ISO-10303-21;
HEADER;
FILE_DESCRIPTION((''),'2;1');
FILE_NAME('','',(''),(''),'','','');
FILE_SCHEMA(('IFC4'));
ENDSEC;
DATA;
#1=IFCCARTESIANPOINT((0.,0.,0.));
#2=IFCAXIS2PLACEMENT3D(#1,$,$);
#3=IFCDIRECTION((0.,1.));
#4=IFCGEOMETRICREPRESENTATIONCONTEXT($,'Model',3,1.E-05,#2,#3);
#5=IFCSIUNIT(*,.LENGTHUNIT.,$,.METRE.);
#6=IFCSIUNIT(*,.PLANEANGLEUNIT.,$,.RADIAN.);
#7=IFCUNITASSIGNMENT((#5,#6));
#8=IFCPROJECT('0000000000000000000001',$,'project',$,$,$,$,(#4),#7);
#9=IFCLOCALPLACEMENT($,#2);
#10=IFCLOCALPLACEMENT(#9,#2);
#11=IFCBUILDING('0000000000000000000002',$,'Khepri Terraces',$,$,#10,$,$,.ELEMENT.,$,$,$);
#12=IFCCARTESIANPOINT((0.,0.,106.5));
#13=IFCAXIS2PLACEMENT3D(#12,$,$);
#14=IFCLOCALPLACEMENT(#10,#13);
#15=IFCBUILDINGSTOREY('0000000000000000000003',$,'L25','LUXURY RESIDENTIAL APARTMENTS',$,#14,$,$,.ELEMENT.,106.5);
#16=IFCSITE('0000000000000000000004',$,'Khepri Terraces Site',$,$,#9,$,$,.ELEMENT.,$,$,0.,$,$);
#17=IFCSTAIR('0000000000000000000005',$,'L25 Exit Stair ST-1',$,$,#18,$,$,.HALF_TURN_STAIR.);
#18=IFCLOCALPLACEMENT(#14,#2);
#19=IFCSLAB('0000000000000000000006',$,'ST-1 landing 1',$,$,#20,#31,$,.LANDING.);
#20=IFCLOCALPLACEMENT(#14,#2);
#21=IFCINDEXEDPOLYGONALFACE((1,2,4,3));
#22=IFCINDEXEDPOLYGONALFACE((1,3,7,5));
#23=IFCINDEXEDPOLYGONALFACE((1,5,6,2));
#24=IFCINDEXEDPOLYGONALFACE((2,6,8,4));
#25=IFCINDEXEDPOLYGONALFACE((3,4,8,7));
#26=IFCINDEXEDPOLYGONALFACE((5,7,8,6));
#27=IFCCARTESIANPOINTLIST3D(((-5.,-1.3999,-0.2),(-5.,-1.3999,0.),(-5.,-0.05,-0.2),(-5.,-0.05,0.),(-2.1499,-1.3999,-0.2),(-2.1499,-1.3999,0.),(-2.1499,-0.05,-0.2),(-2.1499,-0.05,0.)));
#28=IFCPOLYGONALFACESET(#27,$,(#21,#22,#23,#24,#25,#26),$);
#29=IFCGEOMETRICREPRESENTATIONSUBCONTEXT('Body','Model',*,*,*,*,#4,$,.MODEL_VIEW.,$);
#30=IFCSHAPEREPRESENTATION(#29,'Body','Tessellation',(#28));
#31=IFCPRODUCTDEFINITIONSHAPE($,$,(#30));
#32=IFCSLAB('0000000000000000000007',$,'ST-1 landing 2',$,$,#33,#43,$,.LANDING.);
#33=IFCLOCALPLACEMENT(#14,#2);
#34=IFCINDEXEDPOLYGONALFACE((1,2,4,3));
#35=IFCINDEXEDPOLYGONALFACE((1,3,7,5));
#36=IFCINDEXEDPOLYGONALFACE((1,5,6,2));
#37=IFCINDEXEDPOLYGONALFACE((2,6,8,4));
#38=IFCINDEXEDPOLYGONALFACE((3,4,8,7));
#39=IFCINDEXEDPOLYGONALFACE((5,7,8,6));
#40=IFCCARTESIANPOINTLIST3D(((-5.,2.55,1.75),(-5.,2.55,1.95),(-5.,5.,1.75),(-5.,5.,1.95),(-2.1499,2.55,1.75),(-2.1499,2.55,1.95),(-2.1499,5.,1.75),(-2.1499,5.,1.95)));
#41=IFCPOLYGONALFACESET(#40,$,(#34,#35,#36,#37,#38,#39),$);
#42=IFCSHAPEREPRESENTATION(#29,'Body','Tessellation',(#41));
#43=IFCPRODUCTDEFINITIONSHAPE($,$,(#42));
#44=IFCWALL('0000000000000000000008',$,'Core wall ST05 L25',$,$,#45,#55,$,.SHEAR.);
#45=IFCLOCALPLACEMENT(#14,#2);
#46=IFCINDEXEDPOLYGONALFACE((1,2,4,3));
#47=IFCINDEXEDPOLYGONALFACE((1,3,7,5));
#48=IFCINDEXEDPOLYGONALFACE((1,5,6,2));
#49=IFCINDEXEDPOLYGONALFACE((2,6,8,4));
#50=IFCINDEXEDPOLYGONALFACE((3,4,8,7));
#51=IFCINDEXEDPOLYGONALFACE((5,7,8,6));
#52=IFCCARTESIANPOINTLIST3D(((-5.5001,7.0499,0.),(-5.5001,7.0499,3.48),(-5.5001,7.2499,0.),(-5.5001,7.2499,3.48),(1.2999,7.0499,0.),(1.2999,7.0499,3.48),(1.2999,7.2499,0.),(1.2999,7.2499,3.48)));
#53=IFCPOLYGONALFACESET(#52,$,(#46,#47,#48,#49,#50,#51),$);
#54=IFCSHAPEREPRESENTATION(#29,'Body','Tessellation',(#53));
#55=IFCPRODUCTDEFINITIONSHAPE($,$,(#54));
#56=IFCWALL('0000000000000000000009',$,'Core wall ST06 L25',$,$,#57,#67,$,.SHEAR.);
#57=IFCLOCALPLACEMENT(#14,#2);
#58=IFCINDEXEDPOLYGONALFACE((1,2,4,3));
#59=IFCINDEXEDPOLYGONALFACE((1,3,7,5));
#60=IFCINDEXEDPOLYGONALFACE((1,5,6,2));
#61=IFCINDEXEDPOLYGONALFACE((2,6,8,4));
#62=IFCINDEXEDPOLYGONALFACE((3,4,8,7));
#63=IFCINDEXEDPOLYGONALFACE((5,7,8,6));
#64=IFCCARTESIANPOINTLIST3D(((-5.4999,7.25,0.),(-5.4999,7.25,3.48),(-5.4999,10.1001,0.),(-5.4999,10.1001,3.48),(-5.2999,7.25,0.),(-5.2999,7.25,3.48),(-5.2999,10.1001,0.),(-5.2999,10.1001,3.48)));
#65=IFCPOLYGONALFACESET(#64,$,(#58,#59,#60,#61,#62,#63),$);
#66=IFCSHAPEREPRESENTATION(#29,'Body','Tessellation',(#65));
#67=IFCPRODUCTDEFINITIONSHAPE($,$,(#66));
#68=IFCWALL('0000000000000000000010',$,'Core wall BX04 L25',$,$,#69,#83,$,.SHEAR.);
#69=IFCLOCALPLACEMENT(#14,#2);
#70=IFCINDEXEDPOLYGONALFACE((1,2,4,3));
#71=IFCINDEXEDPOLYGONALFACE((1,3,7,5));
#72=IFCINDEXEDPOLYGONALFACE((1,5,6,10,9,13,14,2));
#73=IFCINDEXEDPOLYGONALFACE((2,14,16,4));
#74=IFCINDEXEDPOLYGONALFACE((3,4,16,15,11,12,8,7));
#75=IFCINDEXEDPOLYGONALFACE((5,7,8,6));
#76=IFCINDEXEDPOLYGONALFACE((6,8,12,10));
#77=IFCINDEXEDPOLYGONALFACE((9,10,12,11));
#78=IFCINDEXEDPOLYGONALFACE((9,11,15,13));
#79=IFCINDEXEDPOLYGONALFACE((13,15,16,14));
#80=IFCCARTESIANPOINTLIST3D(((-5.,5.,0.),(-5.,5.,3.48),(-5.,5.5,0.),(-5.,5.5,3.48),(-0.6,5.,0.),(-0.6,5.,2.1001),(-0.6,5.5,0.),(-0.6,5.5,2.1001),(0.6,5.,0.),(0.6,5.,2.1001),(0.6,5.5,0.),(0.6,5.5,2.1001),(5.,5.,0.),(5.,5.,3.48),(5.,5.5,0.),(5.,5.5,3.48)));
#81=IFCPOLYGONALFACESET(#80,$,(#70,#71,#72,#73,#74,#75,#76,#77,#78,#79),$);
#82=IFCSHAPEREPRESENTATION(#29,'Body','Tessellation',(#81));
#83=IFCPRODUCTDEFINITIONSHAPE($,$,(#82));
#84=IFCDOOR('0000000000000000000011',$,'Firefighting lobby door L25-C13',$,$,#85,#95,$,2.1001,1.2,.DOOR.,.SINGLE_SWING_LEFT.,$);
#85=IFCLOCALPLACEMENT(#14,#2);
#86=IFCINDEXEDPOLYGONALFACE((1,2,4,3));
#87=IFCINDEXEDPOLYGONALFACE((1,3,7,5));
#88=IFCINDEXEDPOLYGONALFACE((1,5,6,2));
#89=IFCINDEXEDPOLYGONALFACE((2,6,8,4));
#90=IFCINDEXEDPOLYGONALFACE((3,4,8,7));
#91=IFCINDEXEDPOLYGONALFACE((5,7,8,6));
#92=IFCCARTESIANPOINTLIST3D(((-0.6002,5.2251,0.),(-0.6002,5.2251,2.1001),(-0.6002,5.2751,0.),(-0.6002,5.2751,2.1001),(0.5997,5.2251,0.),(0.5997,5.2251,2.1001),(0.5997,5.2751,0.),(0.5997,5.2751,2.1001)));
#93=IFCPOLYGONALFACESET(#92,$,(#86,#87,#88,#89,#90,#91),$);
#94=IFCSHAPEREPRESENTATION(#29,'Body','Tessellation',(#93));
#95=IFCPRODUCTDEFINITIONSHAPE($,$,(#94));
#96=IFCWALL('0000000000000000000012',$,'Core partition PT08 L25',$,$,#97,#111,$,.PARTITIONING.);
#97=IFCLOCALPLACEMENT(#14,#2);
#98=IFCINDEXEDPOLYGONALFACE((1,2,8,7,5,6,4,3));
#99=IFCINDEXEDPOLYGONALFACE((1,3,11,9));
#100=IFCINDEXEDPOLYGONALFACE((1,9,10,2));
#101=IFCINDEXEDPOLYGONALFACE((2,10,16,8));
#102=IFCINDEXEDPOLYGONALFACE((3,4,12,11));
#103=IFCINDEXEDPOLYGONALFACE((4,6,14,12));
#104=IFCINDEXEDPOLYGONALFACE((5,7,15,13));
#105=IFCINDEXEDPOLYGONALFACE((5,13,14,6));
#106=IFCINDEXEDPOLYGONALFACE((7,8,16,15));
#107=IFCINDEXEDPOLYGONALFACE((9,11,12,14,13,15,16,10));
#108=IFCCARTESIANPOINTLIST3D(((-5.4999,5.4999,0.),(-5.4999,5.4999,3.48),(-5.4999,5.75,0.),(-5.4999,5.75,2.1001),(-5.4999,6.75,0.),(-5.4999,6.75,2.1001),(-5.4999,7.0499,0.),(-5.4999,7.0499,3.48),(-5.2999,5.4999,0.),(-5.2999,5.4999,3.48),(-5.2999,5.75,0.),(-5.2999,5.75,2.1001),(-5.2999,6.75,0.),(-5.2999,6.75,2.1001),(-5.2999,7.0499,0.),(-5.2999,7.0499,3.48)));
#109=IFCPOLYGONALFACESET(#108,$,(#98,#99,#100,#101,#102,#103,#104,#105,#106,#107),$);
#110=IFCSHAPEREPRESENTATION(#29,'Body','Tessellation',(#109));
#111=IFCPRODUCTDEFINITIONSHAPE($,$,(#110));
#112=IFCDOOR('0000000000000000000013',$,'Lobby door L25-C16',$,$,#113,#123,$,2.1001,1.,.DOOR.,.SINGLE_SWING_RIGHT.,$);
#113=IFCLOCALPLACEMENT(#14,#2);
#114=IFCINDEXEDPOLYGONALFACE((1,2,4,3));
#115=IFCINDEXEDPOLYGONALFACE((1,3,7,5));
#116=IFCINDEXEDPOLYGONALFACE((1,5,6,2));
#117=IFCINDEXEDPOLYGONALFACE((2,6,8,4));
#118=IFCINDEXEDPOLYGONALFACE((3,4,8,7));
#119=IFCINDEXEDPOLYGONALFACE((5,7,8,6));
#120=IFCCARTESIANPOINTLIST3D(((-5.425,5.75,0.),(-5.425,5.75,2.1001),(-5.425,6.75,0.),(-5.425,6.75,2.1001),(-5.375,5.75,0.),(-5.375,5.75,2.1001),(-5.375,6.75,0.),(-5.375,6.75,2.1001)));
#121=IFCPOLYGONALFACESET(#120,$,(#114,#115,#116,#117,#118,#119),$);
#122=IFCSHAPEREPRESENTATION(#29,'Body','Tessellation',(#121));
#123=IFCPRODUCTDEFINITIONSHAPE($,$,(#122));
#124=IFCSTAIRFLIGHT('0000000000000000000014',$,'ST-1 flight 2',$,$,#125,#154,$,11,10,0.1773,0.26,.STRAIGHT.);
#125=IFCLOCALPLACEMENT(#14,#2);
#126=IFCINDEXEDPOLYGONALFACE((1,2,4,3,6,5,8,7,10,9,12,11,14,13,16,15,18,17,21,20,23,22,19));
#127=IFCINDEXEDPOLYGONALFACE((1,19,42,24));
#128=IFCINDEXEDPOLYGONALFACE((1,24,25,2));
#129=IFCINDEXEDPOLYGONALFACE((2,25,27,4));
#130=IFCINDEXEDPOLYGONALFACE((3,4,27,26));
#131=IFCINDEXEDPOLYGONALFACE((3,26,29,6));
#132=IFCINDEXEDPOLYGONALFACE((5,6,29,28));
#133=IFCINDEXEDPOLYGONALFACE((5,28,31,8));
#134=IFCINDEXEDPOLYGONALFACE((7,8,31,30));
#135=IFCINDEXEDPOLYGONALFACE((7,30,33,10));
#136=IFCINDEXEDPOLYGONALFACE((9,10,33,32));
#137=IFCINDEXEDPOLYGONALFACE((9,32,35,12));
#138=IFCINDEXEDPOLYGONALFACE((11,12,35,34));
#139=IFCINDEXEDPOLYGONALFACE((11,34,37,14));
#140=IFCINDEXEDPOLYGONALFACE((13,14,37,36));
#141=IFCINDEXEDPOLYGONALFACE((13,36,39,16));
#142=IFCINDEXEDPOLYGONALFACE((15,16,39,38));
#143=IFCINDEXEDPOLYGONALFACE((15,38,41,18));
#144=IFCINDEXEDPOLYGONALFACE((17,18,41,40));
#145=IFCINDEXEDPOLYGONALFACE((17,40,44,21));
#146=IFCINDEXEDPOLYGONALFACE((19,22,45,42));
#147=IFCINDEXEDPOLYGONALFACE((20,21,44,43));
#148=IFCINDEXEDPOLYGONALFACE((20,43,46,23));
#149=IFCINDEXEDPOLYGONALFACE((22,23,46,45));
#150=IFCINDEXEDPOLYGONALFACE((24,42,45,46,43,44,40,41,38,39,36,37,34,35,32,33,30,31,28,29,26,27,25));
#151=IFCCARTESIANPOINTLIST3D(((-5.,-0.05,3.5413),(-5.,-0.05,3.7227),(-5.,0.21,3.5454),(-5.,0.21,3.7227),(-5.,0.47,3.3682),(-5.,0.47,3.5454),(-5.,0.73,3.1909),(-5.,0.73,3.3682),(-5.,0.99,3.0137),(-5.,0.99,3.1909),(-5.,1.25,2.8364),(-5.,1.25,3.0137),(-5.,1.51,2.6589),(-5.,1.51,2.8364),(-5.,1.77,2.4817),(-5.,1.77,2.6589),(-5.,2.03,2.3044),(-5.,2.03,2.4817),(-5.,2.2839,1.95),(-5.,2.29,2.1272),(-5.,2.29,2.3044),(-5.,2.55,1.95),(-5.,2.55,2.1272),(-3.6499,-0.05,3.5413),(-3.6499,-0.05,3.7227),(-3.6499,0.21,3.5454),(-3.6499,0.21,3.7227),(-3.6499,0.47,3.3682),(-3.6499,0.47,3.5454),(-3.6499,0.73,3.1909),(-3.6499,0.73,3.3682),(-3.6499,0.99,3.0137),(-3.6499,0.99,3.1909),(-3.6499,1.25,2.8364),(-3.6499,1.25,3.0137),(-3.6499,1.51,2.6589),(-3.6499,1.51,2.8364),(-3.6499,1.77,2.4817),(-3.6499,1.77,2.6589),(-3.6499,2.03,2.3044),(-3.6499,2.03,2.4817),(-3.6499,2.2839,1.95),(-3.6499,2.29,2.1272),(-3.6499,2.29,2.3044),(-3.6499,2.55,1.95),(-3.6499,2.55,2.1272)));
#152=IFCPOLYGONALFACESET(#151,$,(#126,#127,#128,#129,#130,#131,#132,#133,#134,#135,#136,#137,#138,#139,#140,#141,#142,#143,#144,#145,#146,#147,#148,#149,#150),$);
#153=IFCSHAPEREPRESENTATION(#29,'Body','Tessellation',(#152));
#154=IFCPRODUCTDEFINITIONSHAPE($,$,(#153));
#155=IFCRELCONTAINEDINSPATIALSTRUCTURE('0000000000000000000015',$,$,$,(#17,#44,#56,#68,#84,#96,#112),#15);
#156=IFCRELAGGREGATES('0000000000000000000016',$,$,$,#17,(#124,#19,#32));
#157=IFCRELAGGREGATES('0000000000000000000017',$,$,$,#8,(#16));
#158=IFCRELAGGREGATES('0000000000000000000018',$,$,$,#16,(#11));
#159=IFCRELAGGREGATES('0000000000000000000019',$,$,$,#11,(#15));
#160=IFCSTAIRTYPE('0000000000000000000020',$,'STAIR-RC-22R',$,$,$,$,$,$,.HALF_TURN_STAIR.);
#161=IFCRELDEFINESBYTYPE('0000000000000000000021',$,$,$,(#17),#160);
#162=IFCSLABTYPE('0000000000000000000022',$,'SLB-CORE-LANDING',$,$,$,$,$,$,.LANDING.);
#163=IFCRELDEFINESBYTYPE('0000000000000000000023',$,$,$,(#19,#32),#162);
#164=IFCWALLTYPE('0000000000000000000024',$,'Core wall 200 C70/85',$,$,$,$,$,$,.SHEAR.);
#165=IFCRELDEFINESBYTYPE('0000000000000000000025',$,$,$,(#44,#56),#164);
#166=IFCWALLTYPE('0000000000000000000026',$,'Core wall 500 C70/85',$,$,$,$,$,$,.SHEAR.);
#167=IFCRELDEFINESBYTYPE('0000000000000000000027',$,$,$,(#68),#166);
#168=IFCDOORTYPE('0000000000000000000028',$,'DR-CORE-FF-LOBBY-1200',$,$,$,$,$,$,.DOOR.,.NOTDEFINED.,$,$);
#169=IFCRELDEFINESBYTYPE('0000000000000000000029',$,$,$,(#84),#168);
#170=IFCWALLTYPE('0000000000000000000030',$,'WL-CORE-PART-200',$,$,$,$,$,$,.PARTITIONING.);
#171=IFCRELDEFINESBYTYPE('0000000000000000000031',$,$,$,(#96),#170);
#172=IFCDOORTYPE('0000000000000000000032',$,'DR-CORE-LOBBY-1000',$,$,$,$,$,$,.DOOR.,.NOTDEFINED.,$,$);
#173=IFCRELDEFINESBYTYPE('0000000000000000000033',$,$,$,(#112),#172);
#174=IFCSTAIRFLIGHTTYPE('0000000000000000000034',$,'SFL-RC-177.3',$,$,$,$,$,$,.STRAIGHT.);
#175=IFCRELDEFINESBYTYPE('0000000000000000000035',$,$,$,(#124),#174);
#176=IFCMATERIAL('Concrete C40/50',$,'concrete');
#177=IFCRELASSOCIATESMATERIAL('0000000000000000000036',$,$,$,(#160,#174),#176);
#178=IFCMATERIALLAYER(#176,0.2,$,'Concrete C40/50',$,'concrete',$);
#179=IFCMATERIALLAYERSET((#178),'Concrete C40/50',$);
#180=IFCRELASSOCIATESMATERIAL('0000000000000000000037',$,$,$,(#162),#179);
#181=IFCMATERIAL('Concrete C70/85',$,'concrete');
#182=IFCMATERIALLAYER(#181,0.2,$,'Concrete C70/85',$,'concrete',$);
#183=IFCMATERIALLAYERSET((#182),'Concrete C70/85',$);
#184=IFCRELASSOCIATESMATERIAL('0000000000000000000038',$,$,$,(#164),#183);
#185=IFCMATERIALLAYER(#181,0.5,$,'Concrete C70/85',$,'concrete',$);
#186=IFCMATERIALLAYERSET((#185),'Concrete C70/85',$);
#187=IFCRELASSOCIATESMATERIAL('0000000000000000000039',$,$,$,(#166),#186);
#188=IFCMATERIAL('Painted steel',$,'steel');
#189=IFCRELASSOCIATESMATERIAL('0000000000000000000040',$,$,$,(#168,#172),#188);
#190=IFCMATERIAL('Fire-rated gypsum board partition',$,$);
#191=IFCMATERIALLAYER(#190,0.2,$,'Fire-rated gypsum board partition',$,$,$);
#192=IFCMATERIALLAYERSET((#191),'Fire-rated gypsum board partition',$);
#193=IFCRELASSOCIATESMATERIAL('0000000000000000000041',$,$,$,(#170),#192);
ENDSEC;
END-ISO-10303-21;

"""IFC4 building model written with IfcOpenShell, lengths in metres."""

from ifc_helpers import new_model, si_unit, direction, frame, frame_2d, origin, place, context, subcontext, project, spatial, polyline, rectangle, outline, extrude, material, layer, layer_set, type_object, element, fill, aggregate, save


model = new_model("IFC4")

# Units and contexts
model_context = context("Model", 3, precision=1e-05, world=origin(), true_north=direction((0.0, 1.0)))
body_context = subcontext(model_context, "Body", "Model", "MODEL_VIEW")
ifc_project = project(units=[si_unit("LENGTHUNIT", "METRE"), si_unit("PLANEANGLEUNIT", "RADIAN")], contexts=[model_context])

# Site, building, storey
site_placement = place(None, origin())
site = spatial("IfcSite", under=ifc_project, at=site_placement, Name="Khepri Terraces Site", CompositionType="ELEMENT", RefElevation=0.0)
building_placement = place(site_placement, origin())
building = spatial("IfcBuilding", under=site, at=building_placement, Name="Khepri Terraces", CompositionType="ELEMENT")
storey_placement = place(building_placement, frame((0.0, 0.0, 106.5)))
storey = spatial("IfcBuildingStorey", under=building, at=storey_placement, Name="L25", Description="LUXURY RESIDENTIAL APARTMENTS", CompositionType="ELEMENT", Elevation=106.5)

# Stair, slabs
ifc_material_1 = material(Name="Concrete C40/50", Category="concrete")
stair_type = type_object("IfcStairType", Name="STAIR-RC-22R", PredefinedType="HALF_TURN_STAIR", material=ifc_material_1)
stair_placement = place(storey_placement, origin())
stair = element("IfcStair", 1, at=stair_placement, inside=storey, type_object=stair_type, Name="L25 Exit Stair ST-1", PredefinedType="HALF_TURN_STAIR")
ifc_layer_1 = layer(ifc_material_1, 0.2, Name="Concrete C40/50", Category="concrete")
ifc_layer_set_1 = layer_set([ifc_layer_1], Name="Concrete C40/50")
slab_type = type_object("IfcSlabType", Name="SLB-CORE-LANDING", PredefinedType="LANDING", material=ifc_layer_set_1)
slab_1_placement = place(storey_placement, frame((0.0, 0.0, -0.2)))
slab_1 = element("IfcSlab", 2, at=slab_1_placement, type_object=slab_type, Name="ST-1 landing 1", PredefinedType="LANDING", context=body_context, shape_type="SweptSolid", body=[
    extrude(outline(polyline([(-2.1499, -1.3999), (-2.1499, -0.05), (-5.0, -0.05), (-5.0, -1.3999), (-2.1499, -1.3999)])), origin(), (0.0, 0.0, 1.0), 0.2),
])
slab_2_placement = place(storey_placement, frame((0.0, 0.0, 1.75)))
slab_2 = element("IfcSlab", 3, at=slab_2_placement, type_object=slab_type, Name="ST-1 landing 2", PredefinedType="LANDING", context=body_context, shape_type="SweptSolid", body=[
    extrude(outline(polyline([(-2.1499, 2.55), (-2.1499, 5.0), (-5.0, 5.0), (-5.0, 2.55), (-2.1499, 2.55)])), origin(), (0.0, 0.0, 1.0), 0.2),
])

# Walls
ifc_material_2 = material(Name="Concrete C70/85", Category="concrete")
ifc_layer_2 = layer(ifc_material_2, 0.2, Name="Concrete C70/85", Category="concrete")
ifc_layer_set_2 = layer_set([ifc_layer_2], Name="Concrete C70/85")
wall_type_1 = type_object("IfcWallType", Name="Core wall 200 C70/85", PredefinedType="SHEAR", material=ifc_layer_set_2)
wall_1_placement = place(storey_placement, frame((-5.5, 7.1499, 0.0), z_axis=(0.0, 0.0, 1.0), x_axis=(1.0, 0.0, 0.0)))
element("IfcWall", 4, at=wall_1_placement, inside=storey, type_object=wall_type_1, Name="Core wall ST05 L25", PredefinedType="SHEAR", context=body_context, shape_type="SweptSolid", body=[
    extrude(rectangle(XDim=6.8, YDim=0.2, at=frame_2d((3.3999, 0.0))), origin(), (0.0, 0.0, 1.0), 3.48),
])
wall_2_placement = place(storey_placement, frame((-5.3999, 7.25, 0.0), z_axis=(0.0, 0.0, 1.0), x_axis=(0.0, 1.0, 0.0)))
element("IfcWall", 5, at=wall_2_placement, inside=storey, type_object=wall_type_1, Name="Core wall ST06 L25", PredefinedType="SHEAR", context=body_context, shape_type="SweptSolid", body=[
    extrude(rectangle(XDim=2.8501, YDim=0.2, at=frame_2d((1.425, 0.0))), origin(), (0.0, 0.0, 1.0), 3.48),
])

# Walls, openings, doors
ifc_layer_3 = layer(ifc_material_2, 0.5, Name="Concrete C70/85", Category="concrete")
ifc_layer_set_3 = layer_set([ifc_layer_3], Name="Concrete C70/85")
wall_type_2 = type_object("IfcWallType", Name="Core wall 500 C70/85", PredefinedType="SHEAR", material=ifc_layer_set_3)
wall_3_placement = place(storey_placement, frame((-5.0, 5.25, 0.0), z_axis=(0.0, 0.0, 1.0), x_axis=(1.0, 0.0, 0.0)))
wall_3 = element("IfcWall", 6, at=wall_3_placement, inside=storey, type_object=wall_type_2, Name="Core wall BX04 L25", PredefinedType="SHEAR", context=body_context, shape_type="SweptSolid", body=[
    extrude(rectangle(XDim=10.0, YDim=0.5, at=frame_2d((5.0, 0.0))), origin(), (0.0, 0.0, 1.0), 3.48),
])
opening_1_placement = place(wall_3_placement, frame((4.3999, 0.0, 0.0)))
opening_1 = element("IfcOpeningElement", 7, at=opening_1_placement, cuts=wall_3, PredefinedType="OPENING", context=body_context, shape_type="SweptSolid", body=[
    extrude(rectangle(XDim=1.2, YDim=2.1001, at=frame_2d((0.6001, 1.05))), frame((0.0, 0.26, 0.0), z_axis=(0.0, -1.0, 0.0), x_axis=(1.0, 0.0, 0.0)), (0.0, 0.0, 1.0), 0.52),
])
ifc_material_3 = material(Name="Painted steel", Category="steel")
door_type_1 = type_object("IfcDoorType", Name="DR-CORE-FF-LOBBY-1200", OperationType="NOTDEFINED", PredefinedType="DOOR", material=ifc_material_3)
door_1_placement = place(opening_1_placement, frame((1.2, 0.0, 0.0), z_axis=(0.0, 0.0, 1.0), x_axis=(-1.0, 0.0, 0.0)))
door_1 = element("IfcDoor", 8, at=door_1_placement, inside=storey, type_object=door_type_1, Name="Firefighting lobby door L25-C13", OperationType="SINGLE_SWING_LEFT", OverallHeight=2.1001, OverallWidth=1.2, PredefinedType="DOOR", context=body_context, shape_type="SweptSolid", body=[
    extrude(rectangle(XDim=1.2, YDim=2.1001, at=frame_2d((0.6001, 1.05))), frame((0.0, 0.0249, 0.0), z_axis=(0.0, -1.0, 0.0), x_axis=(1.0, 0.0, 0.0)), (0.0, 0.0, 1.0), 0.05),
])
fill(opening_1, door_1)
ifc_material_4 = material(Name="Fire-rated gypsum board partition")
ifc_layer_4 = layer(ifc_material_4, 0.2, Name="Fire-rated gypsum board partition")
ifc_layer_set_4 = layer_set([ifc_layer_4], Name="Fire-rated gypsum board partition")
wall_type_3 = type_object("IfcWallType", Name="WL-CORE-PART-200", PredefinedType="PARTITIONING", material=ifc_layer_set_4)
wall_4_placement = place(storey_placement, frame((-5.3999, 5.5, 0.0), z_axis=(0.0, 0.0, 1.0), x_axis=(0.0, 1.0, 0.0)))
wall_4 = element("IfcWall", 9, at=wall_4_placement, inside=storey, type_object=wall_type_3, Name="Core partition PT08 L25", PredefinedType="PARTITIONING", context=body_context, shape_type="SweptSolid", body=[
    extrude(rectangle(XDim=1.55, YDim=0.2, at=frame_2d((0.7749, 0.0))), origin(), (0.0, 0.0, 1.0), 3.48),
])
opening_2_placement = place(wall_4_placement, frame((0.25, 0.0, 0.0)))
opening_2 = element("IfcOpeningElement", 10, at=opening_2_placement, cuts=wall_4, PredefinedType="OPENING", context=body_context, shape_type="SweptSolid", body=[
    extrude(rectangle(XDim=1.0, YDim=2.1001, at=frame_2d((0.5, 1.05))), frame((0.0, 0.1099, 0.0), z_axis=(0.0, -1.0, 0.0), x_axis=(1.0, 0.0, 0.0)), (0.0, 0.0, 1.0), 0.22),
])
door_type_2 = type_object("IfcDoorType", Name="DR-CORE-LOBBY-1000", OperationType="NOTDEFINED", PredefinedType="DOOR", material=ifc_material_3)
door_2_placement = place(opening_2_placement, frame((1.0, 0.0, 0.0), z_axis=(0.0, 0.0, 1.0), x_axis=(-1.0, 0.0, 0.0)))
door_2 = element("IfcDoor", 11, at=door_2_placement, inside=storey, type_object=door_type_2, Name="Lobby door L25-C16", OperationType="SINGLE_SWING_RIGHT", OverallHeight=2.1001, OverallWidth=1.0, PredefinedType="DOOR", context=body_context, shape_type="SweptSolid", body=[
    extrude(rectangle(XDim=1.0, YDim=2.1001, at=frame_2d((0.5, 1.05))), frame((0.0, 0.0249, 0.0), z_axis=(0.0, -1.0, 0.0), x_axis=(1.0, 0.0, 0.0)), (0.0, 0.0, 1.0), 0.05),
])
fill(opening_2, door_2)

# Stair flight
stair_flight_type = type_object("IfcStairFlightType", Name="SFL-RC-177.3", PredefinedType="STRAIGHT", material=ifc_material_1)
stair_flight_placement = place(storey_placement, frame((-4.325, 2.55, 1.95), z_axis=(0.0, 0.0, 1.0), x_axis=(0.0, -1.0, 0.0)))
stair_flight = element("IfcStairFlight", 12, at=stair_flight_placement, type_object=stair_flight_type, Name="ST-1 flight 2", NumberOfRisers=11, NumberOfTreads=10, PredefinedType="STRAIGHT", RiserHeight=0.1773, TreadLength=0.26, context=body_context, shape_type="SweptSolid", body=[
    extrude(outline(polyline([(0.0, 0.0), (0.0, 0.1772), (0.26, 0.1772), (0.26, 0.3545), (0.52, 0.3545), (0.52, 0.5317), (0.78, 0.5317), (0.78, 0.709), (1.04, 0.709), (1.04, 0.8865), (1.3, 0.8865), (1.3, 1.0637), (1.5601, 1.0637), (1.5601, 1.241), (1.8201, 1.241), (1.8201, 1.4182), (2.0801, 1.4182), (2.0801, 1.5955), (2.3401, 1.5955), (2.3401, 1.7727), (2.6001, 1.7727), (2.6001, 1.95), (2.6001, 1.5913), (0.2661, 0.0), (0.0, 0.0)])), frame((0.0, 0.675, 0.0), z_axis=(0.0, -1.0, 0.0), x_axis=(1.0, 0.0, 0.0)), (0.0, 0.0, 1.0), 1.3501),
])
aggregate(stair, [stair_flight, slab_1, slab_2])

save(model, "model.ifc")
